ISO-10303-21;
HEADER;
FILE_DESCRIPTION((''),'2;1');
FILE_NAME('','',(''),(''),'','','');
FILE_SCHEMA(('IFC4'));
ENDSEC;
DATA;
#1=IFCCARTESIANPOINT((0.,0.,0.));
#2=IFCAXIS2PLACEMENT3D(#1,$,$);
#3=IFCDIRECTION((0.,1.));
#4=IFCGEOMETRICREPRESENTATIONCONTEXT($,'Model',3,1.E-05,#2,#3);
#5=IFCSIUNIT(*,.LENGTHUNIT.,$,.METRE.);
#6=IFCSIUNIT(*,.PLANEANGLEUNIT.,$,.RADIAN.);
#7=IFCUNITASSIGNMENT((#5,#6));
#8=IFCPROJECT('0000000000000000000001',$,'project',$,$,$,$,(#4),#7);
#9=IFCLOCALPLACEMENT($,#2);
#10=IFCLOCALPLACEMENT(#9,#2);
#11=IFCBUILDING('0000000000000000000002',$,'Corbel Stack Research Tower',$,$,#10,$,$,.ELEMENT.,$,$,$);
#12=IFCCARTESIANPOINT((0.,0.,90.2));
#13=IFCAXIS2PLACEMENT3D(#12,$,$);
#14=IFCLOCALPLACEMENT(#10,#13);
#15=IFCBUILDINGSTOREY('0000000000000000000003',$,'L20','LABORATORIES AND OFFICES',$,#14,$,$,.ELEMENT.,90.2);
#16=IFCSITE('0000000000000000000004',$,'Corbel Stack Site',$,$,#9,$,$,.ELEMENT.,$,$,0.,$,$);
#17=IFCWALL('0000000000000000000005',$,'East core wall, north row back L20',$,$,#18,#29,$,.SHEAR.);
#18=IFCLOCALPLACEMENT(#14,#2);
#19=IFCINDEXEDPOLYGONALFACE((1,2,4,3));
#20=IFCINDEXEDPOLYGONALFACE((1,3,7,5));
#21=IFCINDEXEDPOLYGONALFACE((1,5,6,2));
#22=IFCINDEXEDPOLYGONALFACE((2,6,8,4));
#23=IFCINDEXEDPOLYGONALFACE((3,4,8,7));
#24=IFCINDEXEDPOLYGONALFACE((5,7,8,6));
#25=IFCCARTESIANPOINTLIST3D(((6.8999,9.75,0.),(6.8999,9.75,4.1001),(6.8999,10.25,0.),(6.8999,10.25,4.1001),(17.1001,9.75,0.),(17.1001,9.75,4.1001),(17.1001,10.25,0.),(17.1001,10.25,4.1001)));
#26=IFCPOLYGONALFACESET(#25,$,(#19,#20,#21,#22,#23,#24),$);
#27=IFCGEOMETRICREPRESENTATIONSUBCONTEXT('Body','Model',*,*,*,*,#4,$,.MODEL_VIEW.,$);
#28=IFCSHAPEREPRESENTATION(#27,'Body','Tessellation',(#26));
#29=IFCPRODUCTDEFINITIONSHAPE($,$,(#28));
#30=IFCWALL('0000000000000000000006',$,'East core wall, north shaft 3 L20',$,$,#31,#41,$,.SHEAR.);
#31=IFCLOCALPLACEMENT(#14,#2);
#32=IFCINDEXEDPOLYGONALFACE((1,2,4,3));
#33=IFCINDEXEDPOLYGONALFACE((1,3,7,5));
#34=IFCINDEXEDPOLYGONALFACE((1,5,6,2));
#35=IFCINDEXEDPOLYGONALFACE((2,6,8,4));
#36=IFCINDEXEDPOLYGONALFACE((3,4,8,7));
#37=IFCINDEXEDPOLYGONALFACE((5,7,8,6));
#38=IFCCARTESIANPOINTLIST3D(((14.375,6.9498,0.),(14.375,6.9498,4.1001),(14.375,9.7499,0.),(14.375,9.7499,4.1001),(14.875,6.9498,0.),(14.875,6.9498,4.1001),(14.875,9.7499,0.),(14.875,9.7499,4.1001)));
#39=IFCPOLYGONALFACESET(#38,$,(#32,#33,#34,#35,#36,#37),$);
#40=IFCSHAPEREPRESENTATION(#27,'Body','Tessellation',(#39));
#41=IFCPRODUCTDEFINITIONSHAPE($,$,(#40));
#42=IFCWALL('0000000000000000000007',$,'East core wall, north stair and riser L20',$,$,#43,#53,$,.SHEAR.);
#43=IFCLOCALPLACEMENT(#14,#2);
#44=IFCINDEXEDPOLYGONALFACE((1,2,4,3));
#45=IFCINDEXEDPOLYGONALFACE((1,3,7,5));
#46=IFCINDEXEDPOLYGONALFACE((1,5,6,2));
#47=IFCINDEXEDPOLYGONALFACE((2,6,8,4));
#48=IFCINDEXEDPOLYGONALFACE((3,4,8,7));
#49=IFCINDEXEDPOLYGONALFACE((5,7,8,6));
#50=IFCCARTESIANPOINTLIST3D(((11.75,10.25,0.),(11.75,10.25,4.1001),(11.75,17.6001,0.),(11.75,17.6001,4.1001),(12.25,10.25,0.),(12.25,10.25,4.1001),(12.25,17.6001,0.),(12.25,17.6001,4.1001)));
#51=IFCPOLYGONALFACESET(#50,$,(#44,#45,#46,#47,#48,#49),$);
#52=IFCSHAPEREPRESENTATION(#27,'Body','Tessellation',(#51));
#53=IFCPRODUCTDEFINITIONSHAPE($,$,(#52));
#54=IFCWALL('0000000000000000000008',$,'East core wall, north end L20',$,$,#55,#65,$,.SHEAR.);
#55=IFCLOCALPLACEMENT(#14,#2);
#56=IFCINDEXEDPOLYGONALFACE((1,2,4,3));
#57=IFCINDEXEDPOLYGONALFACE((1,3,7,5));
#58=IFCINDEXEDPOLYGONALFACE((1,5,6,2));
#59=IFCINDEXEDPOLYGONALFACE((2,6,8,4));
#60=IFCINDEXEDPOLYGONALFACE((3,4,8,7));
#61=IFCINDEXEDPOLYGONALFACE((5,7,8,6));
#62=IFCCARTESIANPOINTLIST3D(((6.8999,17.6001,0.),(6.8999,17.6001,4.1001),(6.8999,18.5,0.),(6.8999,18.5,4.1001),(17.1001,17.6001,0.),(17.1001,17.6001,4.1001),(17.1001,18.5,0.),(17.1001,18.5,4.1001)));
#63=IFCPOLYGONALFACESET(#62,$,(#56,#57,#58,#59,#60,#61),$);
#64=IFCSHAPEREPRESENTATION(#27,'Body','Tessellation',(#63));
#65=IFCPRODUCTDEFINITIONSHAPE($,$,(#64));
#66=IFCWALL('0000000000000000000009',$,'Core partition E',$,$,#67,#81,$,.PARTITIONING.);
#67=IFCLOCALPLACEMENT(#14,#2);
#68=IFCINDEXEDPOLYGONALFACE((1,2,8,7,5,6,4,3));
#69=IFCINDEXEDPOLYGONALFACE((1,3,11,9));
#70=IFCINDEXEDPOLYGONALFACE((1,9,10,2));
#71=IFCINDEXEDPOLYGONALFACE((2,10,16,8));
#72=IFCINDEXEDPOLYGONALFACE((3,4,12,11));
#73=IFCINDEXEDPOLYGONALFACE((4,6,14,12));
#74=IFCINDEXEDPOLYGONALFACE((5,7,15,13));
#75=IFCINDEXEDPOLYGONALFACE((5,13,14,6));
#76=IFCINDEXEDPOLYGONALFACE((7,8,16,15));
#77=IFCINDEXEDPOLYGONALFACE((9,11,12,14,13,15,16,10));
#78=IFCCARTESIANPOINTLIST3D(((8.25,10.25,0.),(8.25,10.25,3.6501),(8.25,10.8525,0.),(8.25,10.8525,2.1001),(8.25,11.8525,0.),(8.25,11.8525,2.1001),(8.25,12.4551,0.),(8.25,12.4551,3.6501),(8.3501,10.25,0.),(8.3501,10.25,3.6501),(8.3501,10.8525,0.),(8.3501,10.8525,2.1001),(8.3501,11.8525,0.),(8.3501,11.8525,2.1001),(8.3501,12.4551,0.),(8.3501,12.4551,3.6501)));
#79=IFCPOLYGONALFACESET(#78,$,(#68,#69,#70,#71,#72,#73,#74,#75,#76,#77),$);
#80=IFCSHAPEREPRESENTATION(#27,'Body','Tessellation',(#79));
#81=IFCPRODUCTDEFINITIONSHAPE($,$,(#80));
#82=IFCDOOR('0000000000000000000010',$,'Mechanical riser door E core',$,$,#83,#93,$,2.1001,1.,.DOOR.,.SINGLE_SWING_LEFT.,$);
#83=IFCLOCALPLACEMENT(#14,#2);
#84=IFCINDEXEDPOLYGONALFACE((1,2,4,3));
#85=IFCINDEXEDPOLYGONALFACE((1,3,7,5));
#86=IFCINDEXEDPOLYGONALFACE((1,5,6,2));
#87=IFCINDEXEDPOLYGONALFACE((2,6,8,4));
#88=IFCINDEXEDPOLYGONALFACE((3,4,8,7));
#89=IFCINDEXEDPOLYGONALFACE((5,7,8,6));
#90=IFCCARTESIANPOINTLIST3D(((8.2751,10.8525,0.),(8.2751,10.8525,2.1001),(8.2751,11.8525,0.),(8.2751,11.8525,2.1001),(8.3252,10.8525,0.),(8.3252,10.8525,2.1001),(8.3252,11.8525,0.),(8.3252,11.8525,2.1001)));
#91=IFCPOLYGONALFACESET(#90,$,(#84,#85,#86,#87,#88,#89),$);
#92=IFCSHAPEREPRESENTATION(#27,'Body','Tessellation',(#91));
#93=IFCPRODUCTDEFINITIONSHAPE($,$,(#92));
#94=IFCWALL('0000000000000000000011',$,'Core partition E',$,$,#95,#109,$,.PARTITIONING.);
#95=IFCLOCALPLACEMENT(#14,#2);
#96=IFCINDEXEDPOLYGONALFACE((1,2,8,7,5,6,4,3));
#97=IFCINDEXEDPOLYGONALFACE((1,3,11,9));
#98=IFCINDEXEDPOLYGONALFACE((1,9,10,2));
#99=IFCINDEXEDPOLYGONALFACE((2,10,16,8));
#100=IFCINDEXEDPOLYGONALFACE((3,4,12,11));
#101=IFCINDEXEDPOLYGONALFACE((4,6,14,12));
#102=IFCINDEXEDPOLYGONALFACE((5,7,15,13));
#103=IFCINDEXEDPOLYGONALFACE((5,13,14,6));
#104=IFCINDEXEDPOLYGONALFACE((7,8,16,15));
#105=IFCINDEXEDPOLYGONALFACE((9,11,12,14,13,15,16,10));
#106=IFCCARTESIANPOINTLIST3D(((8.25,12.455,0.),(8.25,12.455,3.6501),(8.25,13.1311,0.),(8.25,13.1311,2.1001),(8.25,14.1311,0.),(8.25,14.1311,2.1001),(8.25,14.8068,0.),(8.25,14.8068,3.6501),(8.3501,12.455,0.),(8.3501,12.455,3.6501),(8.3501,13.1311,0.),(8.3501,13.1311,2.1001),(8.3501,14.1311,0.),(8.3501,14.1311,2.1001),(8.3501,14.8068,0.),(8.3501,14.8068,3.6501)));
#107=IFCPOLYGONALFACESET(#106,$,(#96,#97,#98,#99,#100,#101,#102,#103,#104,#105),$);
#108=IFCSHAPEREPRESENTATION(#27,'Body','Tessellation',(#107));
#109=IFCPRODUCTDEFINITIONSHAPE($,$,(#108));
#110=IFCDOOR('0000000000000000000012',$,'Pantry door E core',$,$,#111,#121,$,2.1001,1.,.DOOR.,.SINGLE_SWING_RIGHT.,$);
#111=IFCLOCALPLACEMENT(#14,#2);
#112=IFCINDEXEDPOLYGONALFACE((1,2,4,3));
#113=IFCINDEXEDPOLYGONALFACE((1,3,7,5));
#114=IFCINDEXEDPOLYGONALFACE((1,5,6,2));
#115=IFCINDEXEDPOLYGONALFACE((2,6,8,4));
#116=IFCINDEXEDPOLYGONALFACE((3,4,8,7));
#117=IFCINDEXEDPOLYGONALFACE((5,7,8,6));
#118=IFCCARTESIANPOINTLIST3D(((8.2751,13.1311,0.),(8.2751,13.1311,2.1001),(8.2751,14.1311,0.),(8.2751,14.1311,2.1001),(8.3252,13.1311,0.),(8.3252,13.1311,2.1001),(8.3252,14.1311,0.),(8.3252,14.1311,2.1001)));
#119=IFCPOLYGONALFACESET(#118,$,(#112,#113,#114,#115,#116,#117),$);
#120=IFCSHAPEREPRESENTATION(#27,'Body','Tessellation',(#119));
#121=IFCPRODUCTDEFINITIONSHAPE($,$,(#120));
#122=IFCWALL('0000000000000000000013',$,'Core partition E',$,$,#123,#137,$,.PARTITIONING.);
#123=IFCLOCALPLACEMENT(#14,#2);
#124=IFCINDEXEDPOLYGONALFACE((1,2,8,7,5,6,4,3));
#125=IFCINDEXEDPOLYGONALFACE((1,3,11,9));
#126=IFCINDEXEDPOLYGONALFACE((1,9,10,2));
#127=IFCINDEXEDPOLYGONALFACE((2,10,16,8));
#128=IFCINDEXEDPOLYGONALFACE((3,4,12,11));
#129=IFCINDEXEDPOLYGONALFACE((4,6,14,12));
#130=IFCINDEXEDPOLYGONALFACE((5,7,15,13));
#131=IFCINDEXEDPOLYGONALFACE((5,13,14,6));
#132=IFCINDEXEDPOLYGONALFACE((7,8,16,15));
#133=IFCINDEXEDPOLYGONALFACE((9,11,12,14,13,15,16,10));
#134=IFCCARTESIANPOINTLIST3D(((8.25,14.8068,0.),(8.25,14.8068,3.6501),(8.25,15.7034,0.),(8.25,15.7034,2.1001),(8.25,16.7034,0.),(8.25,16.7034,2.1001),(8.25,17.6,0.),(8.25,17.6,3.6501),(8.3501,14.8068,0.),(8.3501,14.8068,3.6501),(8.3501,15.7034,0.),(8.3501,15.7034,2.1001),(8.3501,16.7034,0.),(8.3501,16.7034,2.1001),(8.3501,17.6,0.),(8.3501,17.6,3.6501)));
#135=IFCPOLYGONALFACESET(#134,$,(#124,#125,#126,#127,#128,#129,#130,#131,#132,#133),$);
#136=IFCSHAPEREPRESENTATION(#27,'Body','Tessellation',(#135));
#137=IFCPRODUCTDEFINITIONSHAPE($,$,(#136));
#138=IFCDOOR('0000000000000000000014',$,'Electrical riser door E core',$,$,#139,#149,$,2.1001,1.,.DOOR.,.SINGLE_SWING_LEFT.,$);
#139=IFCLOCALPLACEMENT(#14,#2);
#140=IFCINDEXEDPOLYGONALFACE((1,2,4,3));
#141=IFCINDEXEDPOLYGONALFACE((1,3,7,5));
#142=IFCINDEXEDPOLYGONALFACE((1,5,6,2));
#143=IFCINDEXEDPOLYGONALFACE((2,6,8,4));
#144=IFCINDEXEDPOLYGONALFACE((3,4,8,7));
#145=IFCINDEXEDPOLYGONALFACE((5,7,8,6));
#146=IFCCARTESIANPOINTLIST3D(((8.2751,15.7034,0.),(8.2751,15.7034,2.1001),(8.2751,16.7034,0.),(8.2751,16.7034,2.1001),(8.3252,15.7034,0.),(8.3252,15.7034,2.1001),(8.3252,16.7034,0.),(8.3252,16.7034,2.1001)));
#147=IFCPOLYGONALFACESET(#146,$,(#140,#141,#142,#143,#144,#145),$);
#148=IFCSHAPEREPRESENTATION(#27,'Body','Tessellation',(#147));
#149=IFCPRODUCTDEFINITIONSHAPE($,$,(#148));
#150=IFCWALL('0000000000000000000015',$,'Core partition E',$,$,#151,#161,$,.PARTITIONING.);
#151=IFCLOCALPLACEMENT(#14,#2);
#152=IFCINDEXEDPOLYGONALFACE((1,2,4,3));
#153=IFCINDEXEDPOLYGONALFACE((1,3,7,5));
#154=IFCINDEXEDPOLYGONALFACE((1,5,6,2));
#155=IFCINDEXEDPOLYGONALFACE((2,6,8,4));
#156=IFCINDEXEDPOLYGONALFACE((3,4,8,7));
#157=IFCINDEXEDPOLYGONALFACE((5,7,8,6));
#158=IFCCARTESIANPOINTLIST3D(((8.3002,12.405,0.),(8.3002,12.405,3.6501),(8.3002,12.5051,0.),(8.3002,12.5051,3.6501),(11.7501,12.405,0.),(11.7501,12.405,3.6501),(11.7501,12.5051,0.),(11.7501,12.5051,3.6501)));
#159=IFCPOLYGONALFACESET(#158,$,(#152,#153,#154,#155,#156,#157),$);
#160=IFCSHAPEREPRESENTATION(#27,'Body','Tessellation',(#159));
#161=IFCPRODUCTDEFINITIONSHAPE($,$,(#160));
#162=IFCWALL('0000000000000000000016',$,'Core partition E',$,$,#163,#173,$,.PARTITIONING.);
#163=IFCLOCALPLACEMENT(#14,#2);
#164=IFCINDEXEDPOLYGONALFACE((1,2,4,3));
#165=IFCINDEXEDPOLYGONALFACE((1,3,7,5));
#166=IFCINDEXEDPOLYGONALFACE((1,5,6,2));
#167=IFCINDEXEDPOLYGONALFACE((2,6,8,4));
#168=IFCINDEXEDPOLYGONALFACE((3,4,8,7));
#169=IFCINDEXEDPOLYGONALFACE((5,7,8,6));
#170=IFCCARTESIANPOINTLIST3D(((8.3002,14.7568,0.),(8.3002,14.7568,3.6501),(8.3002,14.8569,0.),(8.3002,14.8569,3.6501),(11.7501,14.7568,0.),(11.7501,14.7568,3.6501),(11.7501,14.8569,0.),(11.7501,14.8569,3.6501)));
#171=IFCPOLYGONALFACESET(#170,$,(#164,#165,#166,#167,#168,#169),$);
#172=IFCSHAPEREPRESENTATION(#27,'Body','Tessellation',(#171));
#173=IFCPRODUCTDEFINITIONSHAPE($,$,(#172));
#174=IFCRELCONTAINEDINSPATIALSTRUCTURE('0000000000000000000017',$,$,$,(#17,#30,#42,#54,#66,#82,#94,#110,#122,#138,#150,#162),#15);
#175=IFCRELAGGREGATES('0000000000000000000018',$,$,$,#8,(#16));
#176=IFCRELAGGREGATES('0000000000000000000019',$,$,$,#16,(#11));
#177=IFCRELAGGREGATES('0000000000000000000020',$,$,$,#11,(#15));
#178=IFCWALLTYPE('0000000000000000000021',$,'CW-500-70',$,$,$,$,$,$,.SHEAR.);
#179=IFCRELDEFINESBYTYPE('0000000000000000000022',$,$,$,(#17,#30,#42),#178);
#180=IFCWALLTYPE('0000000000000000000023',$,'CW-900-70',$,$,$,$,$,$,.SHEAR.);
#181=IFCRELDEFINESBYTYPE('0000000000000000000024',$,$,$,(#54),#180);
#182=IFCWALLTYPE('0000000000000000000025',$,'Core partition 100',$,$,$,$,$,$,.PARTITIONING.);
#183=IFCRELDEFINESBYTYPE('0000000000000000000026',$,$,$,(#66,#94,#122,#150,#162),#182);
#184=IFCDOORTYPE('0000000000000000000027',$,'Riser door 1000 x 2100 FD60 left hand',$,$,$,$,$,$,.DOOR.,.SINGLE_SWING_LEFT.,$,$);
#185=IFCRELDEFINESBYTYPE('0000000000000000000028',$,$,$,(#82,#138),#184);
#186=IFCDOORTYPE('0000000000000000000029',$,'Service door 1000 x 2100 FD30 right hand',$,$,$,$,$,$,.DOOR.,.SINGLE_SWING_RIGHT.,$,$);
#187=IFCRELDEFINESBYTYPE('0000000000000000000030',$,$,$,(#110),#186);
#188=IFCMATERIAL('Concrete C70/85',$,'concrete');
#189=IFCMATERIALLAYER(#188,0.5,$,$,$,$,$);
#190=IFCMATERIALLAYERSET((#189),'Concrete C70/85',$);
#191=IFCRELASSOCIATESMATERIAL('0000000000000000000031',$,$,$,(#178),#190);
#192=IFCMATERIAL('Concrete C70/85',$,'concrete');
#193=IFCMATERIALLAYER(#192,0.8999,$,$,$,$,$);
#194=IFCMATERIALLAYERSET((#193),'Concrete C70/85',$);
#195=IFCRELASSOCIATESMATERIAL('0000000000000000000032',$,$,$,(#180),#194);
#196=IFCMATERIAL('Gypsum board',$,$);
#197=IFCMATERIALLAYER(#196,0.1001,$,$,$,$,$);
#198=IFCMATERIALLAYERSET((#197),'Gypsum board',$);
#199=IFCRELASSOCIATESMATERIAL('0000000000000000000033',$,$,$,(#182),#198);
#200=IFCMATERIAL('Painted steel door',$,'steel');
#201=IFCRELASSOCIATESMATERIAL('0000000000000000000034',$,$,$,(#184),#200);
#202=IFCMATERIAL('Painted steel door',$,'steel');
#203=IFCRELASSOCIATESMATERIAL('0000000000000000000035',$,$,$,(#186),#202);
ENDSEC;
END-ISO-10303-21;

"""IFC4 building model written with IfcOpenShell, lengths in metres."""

from ifc_helpers import new_model, si_unit, direction, frame, frame_2d, origin, place, context, subcontext, project, spatial, rectangle, extrude, material, layer, layer_set, type_object, element, fill, save


model = new_model("IFC4")

# Units and contexts
model_context = context("Model", 3, precision=1e-05, world=origin(), true_north=direction((0.0, 1.0)))
body_context = subcontext(model_context, "Body", "Model", "MODEL_VIEW")
ifc_project = project(units=[si_unit("LENGTHUNIT", "METRE"), si_unit("PLANEANGLEUNIT", "RADIAN")], contexts=[model_context])

# Site, building, storey
site_placement = place(None, origin())
site = spatial("IfcSite", under=ifc_project, at=site_placement, Name="Corbel Stack Site", CompositionType="ELEMENT", RefElevation=0.0)
building_placement = place(site_placement, origin())
building = spatial("IfcBuilding", under=site, at=building_placement, Name="Corbel Stack Research Tower", CompositionType="ELEMENT")
storey_placement = place(building_placement, frame((0.0, 0.0, 90.2)))
storey = spatial("IfcBuildingStorey", under=building, at=storey_placement, Name="L20", Description="LABORATORIES AND OFFICES", CompositionType="ELEMENT", Elevation=90.2)

# Walls
ifc_material_1 = material(Name="Concrete C70/85", Category="concrete")
ifc_layer_1 = layer(ifc_material_1, 0.5)
ifc_layer_set_1 = layer_set([ifc_layer_1], Name="Concrete C70/85")
wall_type_1 = type_object("IfcWallType", Name="CW-500-70", PredefinedType="SHEAR", material=ifc_layer_set_1)
wall_1_placement = place(storey_placement, frame((6.8999, 10.0, 0.0), z_axis=(0.0, 0.0, 1.0), x_axis=(1.0, 0.0, 0.0)))
element("IfcWall", 1, at=wall_1_placement, inside=storey, type_object=wall_type_1, Name="East core wall, north row back L20", PredefinedType="SHEAR", context=body_context, shape_type="SweptSolid", body=[
    extrude(rectangle(XDim=10.2002, YDim=0.5, at=frame_2d((5.1001, 0.0))), origin(), (0.0, 0.0, 1.0), 4.1001),
])
wall_2_placement = place(storey_placement, frame((14.625, 6.95, 0.0), z_axis=(0.0, 0.0, 1.0), x_axis=(0.0, 1.0, 0.0)))
element("IfcWall", 2, at=wall_2_placement, inside=storey, type_object=wall_type_1, Name="East core wall, north shaft 3 L20", PredefinedType="SHEAR", context=body_context, shape_type="SweptSolid", body=[
    extrude(rectangle(XDim=2.8, YDim=0.5, at=frame_2d((1.3999, 0.0))), origin(), (0.0, 0.0, 1.0), 4.1001),
])
wall_3_placement = place(storey_placement, frame((12.0, 10.25, 0.0), z_axis=(0.0, 0.0, 1.0), x_axis=(0.0, 1.0, 0.0)))
element("IfcWall", 3, at=wall_3_placement, inside=storey, type_object=wall_type_1, Name="East core wall, north stair and riser L20", PredefinedType="SHEAR", context=body_context, shape_type="SweptSolid", body=[
    extrude(rectangle(XDim=7.3501, YDim=0.5, at=frame_2d((3.675, 0.0))), origin(), (0.0, 0.0, 1.0), 4.1001),
])
ifc_material_2 = material(Name="Concrete C70/85", Category="concrete")
ifc_layer_2 = layer(ifc_material_2, 0.8999)
ifc_layer_set_2 = layer_set([ifc_layer_2], Name="Concrete C70/85")
wall_type_2 = type_object("IfcWallType", Name="CW-900-70", PredefinedType="SHEAR", material=ifc_layer_set_2)
wall_4_placement = place(storey_placement, frame((6.8999, 18.05, 0.0), z_axis=(0.0, 0.0, 1.0), x_axis=(1.0, 0.0, 0.0)))
element("IfcWall", 4, at=wall_4_placement, inside=storey, type_object=wall_type_2, Name="East core wall, north end L20", PredefinedType="SHEAR", context=body_context, shape_type="SweptSolid", body=[
    extrude(rectangle(XDim=10.2002, YDim=0.8999, at=frame_2d((5.1001, 0.0))), origin(), (0.0, 0.0, 1.0), 4.1001),
])

# Walls, openings, doors
ifc_material_3 = material(Name="Gypsum board")
ifc_layer_3 = layer(ifc_material_3, 0.1001)
ifc_layer_set_3 = layer_set([ifc_layer_3], Name="Gypsum board")
wall_type_3 = type_object("IfcWallType", Name="Core partition 100", PredefinedType="PARTITIONING", material=ifc_layer_set_3)
wall_5_placement = place(storey_placement, frame((8.3, 10.25, 0.0), z_axis=(0.0, 0.0, 1.0), x_axis=(0.0, 1.0, 0.0)))
wall_5 = element("IfcWall", 5, at=wall_5_placement, inside=storey, type_object=wall_type_3, Name="Core partition E", PredefinedType="PARTITIONING", context=body_context, shape_type="SweptSolid", body=[
    extrude(rectangle(XDim=2.2051, YDim=0.1001, at=frame_2d((1.1025, 0.0))), origin(), (0.0, 0.0, 1.0), 3.6501),
])
opening_1_placement = place(wall_5_placement, frame((0.6025, 0.0, 0.0)))
opening_1 = element("IfcOpeningElement", 6, at=opening_1_placement, cuts=wall_5, PredefinedType="OPENING", context=body_context, shape_type="SweptSolid", body=[
    extrude(rectangle(XDim=1.0, YDim=2.1001, at=frame_2d((0.5, 1.05))), frame((0.0, 0.0601, 0.0), z_axis=(0.0, -1.0, 0.0), x_axis=(1.0, 0.0, 0.0)), (0.0, 0.0, 1.0), 0.1201),
])
ifc_material_4 = material(Name="Painted steel door", Category="steel")
door_type_1 = type_object("IfcDoorType", Name="Riser door 1000 x 2100 FD60 left hand", OperationType="SINGLE_SWING_LEFT", PredefinedType="DOOR", material=ifc_material_4)
door_1_placement = place(opening_1_placement, origin())
door_1 = element("IfcDoor", 7, at=door_1_placement, inside=storey, type_object=door_type_1, Name="Mechanical riser door E core", OperationType="SINGLE_SWING_LEFT", OverallHeight=2.1001, OverallWidth=1.0, PredefinedType="DOOR", context=body_context, shape_type="SweptSolid", body=[
    extrude(rectangle(XDim=1.0, YDim=2.1001, at=frame_2d((0.5, 1.05))), frame((0.0, 0.0249, 0.0), z_axis=(0.0, -1.0, 0.0), x_axis=(1.0, 0.0, 0.0)), (0.0, 0.0, 1.0), 0.05),
])
fill(opening_1, door_1)
wall_6_placement = place(storey_placement, frame((8.3, 12.4551, 0.0), z_axis=(0.0, 0.0, 1.0), x_axis=(0.0, 1.0, 0.0)))
wall_6 = element("IfcWall", 8, at=wall_6_placement, inside=storey, type_object=wall_type_3, Name="Core partition E", PredefinedType="PARTITIONING", context=body_context, shape_type="SweptSolid", body=[
    extrude(rectangle(XDim=2.3518, YDim=0.1001, at=frame_2d((1.1758, 0.0))), origin(), (0.0, 0.0, 1.0), 3.6501),
])
opening_2_placement = place(wall_6_placement, frame((0.676, 0.0, 0.0)))
opening_2 = element("IfcOpeningElement", 9, at=opening_2_placement, cuts=wall_6, PredefinedType="OPENING", context=body_context, shape_type="SweptSolid", body=[
    extrude(rectangle(XDim=1.0, YDim=2.1001, at=frame_2d((0.5, 1.05))), frame((0.0, 0.0601, 0.0), z_axis=(0.0, -1.0, 0.0), x_axis=(1.0, 0.0, 0.0)), (0.0, 0.0, 1.0), 0.1201),
])
ifc_material_5 = material(Name="Painted steel door", Category="steel")
door_type_2 = type_object("IfcDoorType", Name="Service door 1000 x 2100 FD30 right hand", OperationType="SINGLE_SWING_RIGHT", PredefinedType="DOOR", material=ifc_material_5)
door_2_placement = place(opening_2_placement, origin())
door_2 = element("IfcDoor", 10, at=door_2_placement, inside=storey, type_object=door_type_2, Name="Pantry door E core", OperationType="SINGLE_SWING_RIGHT", OverallHeight=2.1001, OverallWidth=1.0, PredefinedType="DOOR", context=body_context, shape_type="SweptSolid", body=[
    extrude(rectangle(XDim=1.0, YDim=2.1001, at=frame_2d((0.5, 1.05))), frame((0.0, 0.0249, 0.0), z_axis=(0.0, -1.0, 0.0), x_axis=(1.0, 0.0, 0.0)), (0.0, 0.0, 1.0), 0.05),
])
fill(opening_2, door_2)
wall_7_placement = place(storey_placement, frame((8.3, 14.8069, 0.0), z_axis=(0.0, 0.0, 1.0), x_axis=(0.0, 1.0, 0.0)))
wall_7 = element("IfcWall", 11, at=wall_7_placement, inside=storey, type_object=wall_type_3, Name="Core partition E", PredefinedType="PARTITIONING", context=body_context, shape_type="SweptSolid", body=[
    extrude(rectangle(XDim=2.7932, YDim=0.1001, at=frame_2d((1.3965, 0.0))), origin(), (0.0, 0.0, 1.0), 3.6501),
])
opening_3_placement = place(wall_7_placement, frame((0.8965, 0.0, 0.0)))
opening_3 = element("IfcOpeningElement", 12, at=opening_3_placement, cuts=wall_7, PredefinedType="OPENING", context=body_context, shape_type="SweptSolid", body=[
    extrude(rectangle(XDim=1.0, YDim=2.1001, at=frame_2d((0.5, 1.05))), frame((0.0, 0.0601, 0.0), z_axis=(0.0, -1.0, 0.0), x_axis=(1.0, 0.0, 0.0)), (0.0, 0.0, 1.0), 0.1201),
])
door_3_placement = place(opening_3_placement, origin())
door_3 = element("IfcDoor", 13, at=door_3_placement, inside=storey, type_object=door_type_1, Name="Electrical riser door E core", OperationType="SINGLE_SWING_LEFT", OverallHeight=2.1001, OverallWidth=1.0, PredefinedType="DOOR", context=body_context, shape_type="SweptSolid", body=[
    extrude(rectangle(XDim=1.0, YDim=2.1001, at=frame_2d((0.5, 1.05))), frame((0.0, 0.0249, 0.0), z_axis=(0.0, -1.0, 0.0), x_axis=(1.0, 0.0, 0.0)), (0.0, 0.0, 1.0), 0.05),
])
fill(opening_3, door_3)

# Walls
for number, where, z_axis, x_axis, name in (
    (14, (8.3, 12.4551, 0.0), (0.0, 0.0, 1.0), (1.0, 0.0, 0.0), "Core partition E"),
    (15, (8.3, 14.8069, 0.0), (0.0, 0.0, 1.0), (1.0, 0.0, 0.0), "Core partition E"),
):
    element("IfcWall", number, at=place(storey_placement, frame(where, z_axis=z_axis, x_axis=x_axis)), inside=storey, type_object=wall_type_3, Name=name, PredefinedType="PARTITIONING", context=body_context, shape_type="SweptSolid", body=[
        extrude(rectangle(XDim=3.45, YDim=0.1001, at=frame_2d((1.7251, 0.0))), origin(), (0.0, 0.0, 1.0), 3.6501),
    ])

save(model, "model.ifc")
